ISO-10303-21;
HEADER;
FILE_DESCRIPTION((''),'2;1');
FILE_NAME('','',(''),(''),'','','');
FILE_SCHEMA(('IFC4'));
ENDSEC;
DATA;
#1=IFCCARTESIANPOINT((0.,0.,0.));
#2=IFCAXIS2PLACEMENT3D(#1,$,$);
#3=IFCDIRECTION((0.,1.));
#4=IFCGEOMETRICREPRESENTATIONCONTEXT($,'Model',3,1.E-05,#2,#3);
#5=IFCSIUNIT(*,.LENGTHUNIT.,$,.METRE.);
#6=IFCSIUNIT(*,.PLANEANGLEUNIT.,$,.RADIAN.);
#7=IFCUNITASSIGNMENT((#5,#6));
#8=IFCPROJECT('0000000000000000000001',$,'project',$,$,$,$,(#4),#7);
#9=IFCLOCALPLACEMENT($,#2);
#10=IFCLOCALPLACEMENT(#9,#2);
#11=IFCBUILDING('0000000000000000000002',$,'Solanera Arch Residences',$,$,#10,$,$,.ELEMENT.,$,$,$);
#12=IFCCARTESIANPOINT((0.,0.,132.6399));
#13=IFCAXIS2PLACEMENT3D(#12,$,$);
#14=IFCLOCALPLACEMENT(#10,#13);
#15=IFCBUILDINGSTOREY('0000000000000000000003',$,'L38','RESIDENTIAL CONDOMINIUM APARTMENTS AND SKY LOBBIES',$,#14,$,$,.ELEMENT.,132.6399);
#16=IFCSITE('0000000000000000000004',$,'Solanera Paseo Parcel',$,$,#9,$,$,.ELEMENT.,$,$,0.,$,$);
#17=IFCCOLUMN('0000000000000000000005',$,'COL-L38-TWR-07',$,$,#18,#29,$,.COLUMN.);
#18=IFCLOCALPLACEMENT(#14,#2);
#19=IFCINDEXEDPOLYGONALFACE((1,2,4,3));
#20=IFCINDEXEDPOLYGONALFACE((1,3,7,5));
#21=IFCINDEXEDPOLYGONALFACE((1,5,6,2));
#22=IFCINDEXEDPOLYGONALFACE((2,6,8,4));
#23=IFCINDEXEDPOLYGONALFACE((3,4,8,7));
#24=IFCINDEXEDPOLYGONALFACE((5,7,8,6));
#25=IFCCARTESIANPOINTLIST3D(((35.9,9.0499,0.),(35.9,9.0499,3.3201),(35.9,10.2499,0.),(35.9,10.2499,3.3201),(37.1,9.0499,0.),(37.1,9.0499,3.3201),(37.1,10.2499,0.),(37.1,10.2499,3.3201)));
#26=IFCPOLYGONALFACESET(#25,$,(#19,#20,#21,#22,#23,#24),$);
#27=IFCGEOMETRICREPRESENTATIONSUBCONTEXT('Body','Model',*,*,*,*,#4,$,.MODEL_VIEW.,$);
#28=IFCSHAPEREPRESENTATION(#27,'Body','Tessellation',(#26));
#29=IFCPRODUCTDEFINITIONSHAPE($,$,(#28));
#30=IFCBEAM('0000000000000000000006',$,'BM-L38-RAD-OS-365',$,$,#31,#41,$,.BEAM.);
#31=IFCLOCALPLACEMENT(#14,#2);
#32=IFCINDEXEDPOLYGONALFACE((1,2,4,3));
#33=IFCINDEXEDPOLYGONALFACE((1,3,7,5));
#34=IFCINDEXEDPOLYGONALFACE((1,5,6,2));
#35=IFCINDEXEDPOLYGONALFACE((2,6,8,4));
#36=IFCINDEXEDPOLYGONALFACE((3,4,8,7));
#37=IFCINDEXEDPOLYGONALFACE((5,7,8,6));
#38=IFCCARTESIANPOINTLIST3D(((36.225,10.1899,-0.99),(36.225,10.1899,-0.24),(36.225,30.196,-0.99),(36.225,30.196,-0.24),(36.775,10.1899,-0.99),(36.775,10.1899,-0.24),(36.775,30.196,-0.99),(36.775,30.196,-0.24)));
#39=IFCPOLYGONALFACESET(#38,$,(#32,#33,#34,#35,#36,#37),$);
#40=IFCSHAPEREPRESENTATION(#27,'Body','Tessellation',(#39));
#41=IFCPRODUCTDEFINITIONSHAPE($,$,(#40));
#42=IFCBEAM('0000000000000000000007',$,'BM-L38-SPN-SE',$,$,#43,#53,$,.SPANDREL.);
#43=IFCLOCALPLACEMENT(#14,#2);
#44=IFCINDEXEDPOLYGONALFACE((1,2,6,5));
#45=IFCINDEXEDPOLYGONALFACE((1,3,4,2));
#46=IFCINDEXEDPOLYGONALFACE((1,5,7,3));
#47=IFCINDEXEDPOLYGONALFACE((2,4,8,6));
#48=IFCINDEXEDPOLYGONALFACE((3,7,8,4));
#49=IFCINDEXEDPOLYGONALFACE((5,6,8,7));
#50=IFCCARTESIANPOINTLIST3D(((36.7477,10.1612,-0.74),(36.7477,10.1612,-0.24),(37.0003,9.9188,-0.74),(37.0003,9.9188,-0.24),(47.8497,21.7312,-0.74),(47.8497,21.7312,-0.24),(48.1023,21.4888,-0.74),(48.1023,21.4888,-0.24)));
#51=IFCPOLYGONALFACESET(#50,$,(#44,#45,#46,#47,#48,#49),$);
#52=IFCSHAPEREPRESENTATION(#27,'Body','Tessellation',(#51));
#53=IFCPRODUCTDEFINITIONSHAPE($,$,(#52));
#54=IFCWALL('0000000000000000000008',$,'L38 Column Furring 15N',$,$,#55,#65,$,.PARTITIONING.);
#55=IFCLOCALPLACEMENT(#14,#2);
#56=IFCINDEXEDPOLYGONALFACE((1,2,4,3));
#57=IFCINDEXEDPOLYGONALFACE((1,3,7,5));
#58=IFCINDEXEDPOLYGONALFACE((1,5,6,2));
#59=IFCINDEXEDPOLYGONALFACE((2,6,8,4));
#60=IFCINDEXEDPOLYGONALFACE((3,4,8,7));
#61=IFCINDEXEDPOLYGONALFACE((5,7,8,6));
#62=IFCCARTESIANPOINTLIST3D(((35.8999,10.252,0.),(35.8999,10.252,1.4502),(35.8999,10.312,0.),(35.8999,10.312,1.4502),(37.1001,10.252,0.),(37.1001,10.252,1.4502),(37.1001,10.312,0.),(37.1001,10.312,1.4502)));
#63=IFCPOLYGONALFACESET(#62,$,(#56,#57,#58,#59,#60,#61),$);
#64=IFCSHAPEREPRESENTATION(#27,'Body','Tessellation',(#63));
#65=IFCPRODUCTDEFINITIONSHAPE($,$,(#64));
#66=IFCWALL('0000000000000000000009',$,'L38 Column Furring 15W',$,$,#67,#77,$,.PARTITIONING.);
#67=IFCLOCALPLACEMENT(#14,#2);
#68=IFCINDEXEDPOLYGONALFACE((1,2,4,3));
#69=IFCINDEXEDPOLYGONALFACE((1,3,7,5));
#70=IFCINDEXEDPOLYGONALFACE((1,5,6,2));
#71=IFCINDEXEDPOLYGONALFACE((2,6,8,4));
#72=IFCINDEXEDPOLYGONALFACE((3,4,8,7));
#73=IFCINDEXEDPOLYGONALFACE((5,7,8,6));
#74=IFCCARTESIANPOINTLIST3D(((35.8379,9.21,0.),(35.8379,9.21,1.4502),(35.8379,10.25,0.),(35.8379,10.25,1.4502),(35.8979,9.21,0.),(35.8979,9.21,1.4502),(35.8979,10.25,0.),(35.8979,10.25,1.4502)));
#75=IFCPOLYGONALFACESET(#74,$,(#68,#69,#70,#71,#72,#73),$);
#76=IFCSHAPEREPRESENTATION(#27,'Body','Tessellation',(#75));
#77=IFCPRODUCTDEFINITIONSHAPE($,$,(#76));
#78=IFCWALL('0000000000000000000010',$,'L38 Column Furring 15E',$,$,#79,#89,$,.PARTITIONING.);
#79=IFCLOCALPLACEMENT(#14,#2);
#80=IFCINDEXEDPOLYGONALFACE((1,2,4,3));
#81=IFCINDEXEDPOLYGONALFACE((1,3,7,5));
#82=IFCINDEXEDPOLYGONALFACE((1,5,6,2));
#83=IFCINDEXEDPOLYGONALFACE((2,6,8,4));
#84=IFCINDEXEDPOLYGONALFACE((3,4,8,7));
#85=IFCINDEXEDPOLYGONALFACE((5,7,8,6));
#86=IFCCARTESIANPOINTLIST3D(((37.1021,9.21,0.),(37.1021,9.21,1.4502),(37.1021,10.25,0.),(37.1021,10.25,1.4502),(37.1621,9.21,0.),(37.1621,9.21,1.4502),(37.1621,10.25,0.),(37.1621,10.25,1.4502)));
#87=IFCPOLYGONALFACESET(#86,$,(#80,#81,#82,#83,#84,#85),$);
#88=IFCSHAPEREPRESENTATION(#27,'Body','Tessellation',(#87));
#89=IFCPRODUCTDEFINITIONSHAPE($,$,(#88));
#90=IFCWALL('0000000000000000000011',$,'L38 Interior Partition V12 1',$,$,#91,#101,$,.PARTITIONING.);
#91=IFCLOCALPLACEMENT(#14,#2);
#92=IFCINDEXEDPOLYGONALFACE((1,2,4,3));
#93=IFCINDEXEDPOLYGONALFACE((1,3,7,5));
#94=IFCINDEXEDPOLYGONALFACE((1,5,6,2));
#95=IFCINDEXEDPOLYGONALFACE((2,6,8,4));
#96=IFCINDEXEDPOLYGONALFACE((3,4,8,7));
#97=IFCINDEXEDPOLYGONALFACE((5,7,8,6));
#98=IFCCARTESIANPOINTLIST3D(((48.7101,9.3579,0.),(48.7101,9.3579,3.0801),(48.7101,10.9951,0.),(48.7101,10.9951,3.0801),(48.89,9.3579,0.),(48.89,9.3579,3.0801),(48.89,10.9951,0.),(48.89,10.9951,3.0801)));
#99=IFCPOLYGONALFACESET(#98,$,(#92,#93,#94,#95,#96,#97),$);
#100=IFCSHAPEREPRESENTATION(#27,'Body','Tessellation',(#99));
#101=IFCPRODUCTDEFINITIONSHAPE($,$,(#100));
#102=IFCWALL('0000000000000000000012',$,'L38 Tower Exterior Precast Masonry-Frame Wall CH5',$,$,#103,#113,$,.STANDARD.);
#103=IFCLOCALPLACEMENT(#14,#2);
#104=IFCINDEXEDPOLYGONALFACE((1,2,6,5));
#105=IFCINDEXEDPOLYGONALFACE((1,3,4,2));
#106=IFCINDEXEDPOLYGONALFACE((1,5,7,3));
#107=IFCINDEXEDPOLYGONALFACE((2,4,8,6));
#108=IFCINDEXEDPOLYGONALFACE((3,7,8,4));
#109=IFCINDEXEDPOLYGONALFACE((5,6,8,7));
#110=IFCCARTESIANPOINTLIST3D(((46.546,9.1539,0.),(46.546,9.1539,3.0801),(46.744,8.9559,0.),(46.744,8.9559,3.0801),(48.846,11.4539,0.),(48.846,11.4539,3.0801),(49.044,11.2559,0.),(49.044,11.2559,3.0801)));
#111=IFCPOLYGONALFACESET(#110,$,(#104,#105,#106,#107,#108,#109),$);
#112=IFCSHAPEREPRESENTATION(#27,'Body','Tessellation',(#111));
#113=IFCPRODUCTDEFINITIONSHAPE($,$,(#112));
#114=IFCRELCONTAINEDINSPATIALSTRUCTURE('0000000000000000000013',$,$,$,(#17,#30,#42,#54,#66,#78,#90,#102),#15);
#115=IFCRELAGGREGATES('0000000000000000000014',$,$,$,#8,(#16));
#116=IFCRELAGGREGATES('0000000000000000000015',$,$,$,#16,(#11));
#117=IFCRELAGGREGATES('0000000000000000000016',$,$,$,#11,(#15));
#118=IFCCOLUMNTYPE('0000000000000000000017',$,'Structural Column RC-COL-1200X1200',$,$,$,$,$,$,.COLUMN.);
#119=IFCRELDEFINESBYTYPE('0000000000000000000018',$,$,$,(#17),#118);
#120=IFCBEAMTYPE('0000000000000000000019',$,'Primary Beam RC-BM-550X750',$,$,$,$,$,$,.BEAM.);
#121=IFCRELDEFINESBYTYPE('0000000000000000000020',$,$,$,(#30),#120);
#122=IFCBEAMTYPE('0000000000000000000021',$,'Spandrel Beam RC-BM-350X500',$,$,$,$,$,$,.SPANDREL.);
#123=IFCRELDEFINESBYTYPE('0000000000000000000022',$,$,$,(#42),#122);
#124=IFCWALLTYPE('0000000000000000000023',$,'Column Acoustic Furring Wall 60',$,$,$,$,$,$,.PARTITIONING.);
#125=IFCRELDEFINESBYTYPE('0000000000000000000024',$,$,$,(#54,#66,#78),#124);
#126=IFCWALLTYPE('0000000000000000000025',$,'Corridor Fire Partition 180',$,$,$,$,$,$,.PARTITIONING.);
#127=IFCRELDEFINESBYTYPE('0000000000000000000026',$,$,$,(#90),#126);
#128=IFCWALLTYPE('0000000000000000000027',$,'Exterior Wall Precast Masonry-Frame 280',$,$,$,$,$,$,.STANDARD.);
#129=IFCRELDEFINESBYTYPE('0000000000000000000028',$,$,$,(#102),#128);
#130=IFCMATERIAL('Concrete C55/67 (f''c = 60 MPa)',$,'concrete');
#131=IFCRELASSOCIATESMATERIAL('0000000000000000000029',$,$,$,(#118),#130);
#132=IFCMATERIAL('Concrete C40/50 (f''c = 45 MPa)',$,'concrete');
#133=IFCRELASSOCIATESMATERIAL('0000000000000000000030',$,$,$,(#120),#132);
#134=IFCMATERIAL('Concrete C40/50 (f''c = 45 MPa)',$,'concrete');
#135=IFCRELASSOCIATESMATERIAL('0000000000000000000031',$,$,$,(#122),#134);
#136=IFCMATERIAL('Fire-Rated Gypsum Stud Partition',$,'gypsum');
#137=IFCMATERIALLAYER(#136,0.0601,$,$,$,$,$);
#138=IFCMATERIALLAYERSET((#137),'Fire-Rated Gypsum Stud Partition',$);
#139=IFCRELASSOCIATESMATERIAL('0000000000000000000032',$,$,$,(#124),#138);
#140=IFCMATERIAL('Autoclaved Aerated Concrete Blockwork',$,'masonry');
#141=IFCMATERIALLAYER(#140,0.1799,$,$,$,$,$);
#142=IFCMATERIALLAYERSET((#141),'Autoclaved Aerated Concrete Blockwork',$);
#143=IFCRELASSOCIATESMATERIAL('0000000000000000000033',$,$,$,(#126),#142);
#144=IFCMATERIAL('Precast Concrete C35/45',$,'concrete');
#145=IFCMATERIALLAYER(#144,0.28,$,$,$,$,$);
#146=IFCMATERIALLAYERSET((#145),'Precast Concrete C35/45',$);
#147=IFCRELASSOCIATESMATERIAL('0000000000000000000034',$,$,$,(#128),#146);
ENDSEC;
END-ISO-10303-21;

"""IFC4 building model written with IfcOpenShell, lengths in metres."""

from ifc_helpers import new_model, si_unit, direction, frame, frame_2d, origin, origin_2d, place, context, subcontext, project, spatial, rectangle, extrude, material, layer, layer_set, material_profile, profile_set, type_object, element, save


model = new_model("IFC4")

# Units and contexts
model_context = context("Model", 3, precision=1e-05, world=origin(), true_north=direction((0.0, 1.0)))
body_context = subcontext(model_context, "Body", "Model", "MODEL_VIEW")
ifc_project = project(units=[si_unit("LENGTHUNIT", "METRE"), si_unit("PLANEANGLEUNIT", "RADIAN")], contexts=[model_context])

# Site, building, storey
site_placement = place(None, origin())
site = spatial("IfcSite", under=ifc_project, at=site_placement, Name="Solanera Paseo Parcel", CompositionType="ELEMENT", RefElevation=0.0)
building_placement = place(site_placement, origin())
building = spatial("IfcBuilding", under=site, at=building_placement, Name="Solanera Arch Residences", CompositionType="ELEMENT")
storey_placement = place(building_placement, frame((0.0, 0.0, 132.6399)))
storey = spatial("IfcBuildingStorey", under=building, at=storey_placement, Name="L38", Description="RESIDENTIAL CONDOMINIUM APARTMENTS AND SKY LOBBIES", CompositionType="ELEMENT", Elevation=132.6399)

# Column
ifc_material_1 = material(Name="Concrete C55/67 (f'c = 60 MPa)", Category="concrete")
ifc_material_profile_1 = material_profile(ifc_material_1, rectangle(XDim=1.2, YDim=1.2, at=origin_2d()))
ifc_profile_set_1 = profile_set([ifc_material_profile_1], Name="Concrete C55/67 (f'c = 60 MPa)")
column_type = type_object("IfcColumnType", Name="Structural Column RC-COL-1200X1200", PredefinedType="COLUMN", material=ifc_profile_set_1)
column_placement = place(storey_placement, frame((36.5, 9.6499, 0.0), z_axis=(0.0, 0.0, 1.0), x_axis=(1.0, 0.0, 0.0)))
element("IfcColumn", 1, at=column_placement, inside=storey, type_object=column_type, Name="COL-L38-TWR-07", PredefinedType="COLUMN", context=body_context, shape_type="SweptSolid", body=[
    extrude(rectangle(XDim=1.2, YDim=1.2, at=origin_2d()), origin(), (0.0, 0.0, 1.0), 3.3201),
])

# Beams
ifc_material_2 = material(Name="Concrete C40/50 (f'c = 45 MPa)", Category="concrete")
ifc_material_profile_2 = material_profile(ifc_material_2, rectangle(XDim=0.55, YDim=0.75, at=origin_2d()))
ifc_profile_set_2 = profile_set([ifc_material_profile_2], Name="Concrete C40/50 (f'c = 45 MPa)")
beam_type_1 = type_object("IfcBeamType", Name="Primary Beam RC-BM-550X750", PredefinedType="BEAM", material=ifc_profile_set_2)
beam_1_placement = place(storey_placement, frame((36.5, 10.1899, -0.615), z_axis=(0.0, 1.0, 0.0), x_axis=(-1.0, 0.0, 0.0)))
element("IfcBeam", 2, at=beam_1_placement, inside=storey, type_object=beam_type_1, Name="BM-L38-RAD-OS-365", PredefinedType="BEAM", context=body_context, shape_type="SweptSolid", body=[
    extrude(rectangle(XDim=0.55, YDim=0.75, at=origin_2d()), origin(), (0.0, 0.0, 1.0), 20.0061),
])
ifc_material_3 = material(Name="Concrete C40/50 (f'c = 45 MPa)", Category="concrete")
ifc_material_profile_3 = material_profile(ifc_material_3, rectangle(XDim=0.3501, YDim=0.5, at=origin_2d()))
ifc_profile_set_3 = profile_set([ifc_material_profile_3], Name="Concrete C40/50 (f'c = 45 MPa)")
beam_type_2 = type_object("IfcBeamType", Name="Spandrel Beam RC-BM-350X500", PredefinedType="SPANDREL", material=ifc_profile_set_3)
beam_2_placement = place(storey_placement, frame((36.874, 10.04, -0.49), z_axis=(0.692363, 0.72155, 0.0), x_axis=(-0.72155, 0.692363, 0.0)))
element("IfcBeam", 3, at=beam_2_placement, inside=storey, type_object=beam_type_2, Name="BM-L38-SPN-SE", PredefinedType="SPANDREL", context=body_context, shape_type="SweptSolid", body=[
    extrude(rectangle(XDim=0.3501, YDim=0.5, at=origin_2d()), origin(), (0.0, 0.0, 1.0), 16.0349),
])

# Walls
ifc_material_4 = material(Name="Fire-Rated Gypsum Stud Partition", Category="gypsum")
ifc_layer_1 = layer(ifc_material_4, 0.0601)
ifc_layer_set_1 = layer_set([ifc_layer_1], Name="Fire-Rated Gypsum Stud Partition")
wall_type_1 = type_object("IfcWallType", Name="Column Acoustic Furring Wall 60", PredefinedType="PARTITIONING", material=ifc_layer_set_1)
wall_1_placement = place(storey_placement, frame((35.8999, 10.282, 0.0), z_axis=(0.0, 0.0, 1.0), x_axis=(1.0, 0.0, 0.0)))
element("IfcWall", 4, at=wall_1_placement, inside=storey, type_object=wall_type_1, Name="L38 Column Furring 15N", PredefinedType="PARTITIONING", context=body_context, shape_type="SweptSolid", body=[
    extrude(rectangle(XDim=1.2002, YDim=0.0601, at=frame_2d((0.6001, 0.0))), origin(), (0.0, 0.0, 1.0), 1.4502),
])
for number, where, z_axis, x_axis, name in (
    (5, (35.8679, 9.21, 0.0), (0.0, 0.0, 1.0), (0.0, 1.0, 0.0), "L38 Column Furring 15W"),
    (6, (37.1321, 9.21, 0.0), (0.0, 0.0, 1.0), (0.0, 1.0, 0.0), "L38 Column Furring 15E"),
):
    element("IfcWall", number, at=place(storey_placement, frame(where, z_axis=z_axis, x_axis=x_axis)), inside=storey, type_object=wall_type_1, Name=name, PredefinedType="PARTITIONING", context=body_context, shape_type="SweptSolid", body=[
        extrude(rectangle(XDim=1.04, YDim=0.0601, at=frame_2d((0.52, 0.0))), origin(), (0.0, 0.0, 1.0), 1.4502),
    ])
ifc_material_5 = material(Name="Autoclaved Aerated Concrete Blockwork", Category="masonry")
ifc_layer_2 = layer(ifc_material_5, 0.1799)
ifc_layer_set_2 = layer_set([ifc_layer_2], Name="Autoclaved Aerated Concrete Blockwork")
wall_type_2 = type_object("IfcWallType", Name="Corridor Fire Partition 180", PredefinedType="PARTITIONING", material=ifc_layer_set_2)
wall_2_placement = place(storey_placement, frame((48.8, 9.3579, 0.0), z_axis=(0.0, 0.0, 1.0), x_axis=(0.0, 1.0, 0.0)))
element("IfcWall", 7, at=wall_2_placement, inside=storey, type_object=wall_type_2, Name="L38 Interior Partition V12 1", PredefinedType="PARTITIONING", context=body_context, shape_type="SweptSolid", body=[
    extrude(rectangle(XDim=1.6372, YDim=0.1799, at=frame_2d((0.8186, 0.0))), origin(), (0.0, 0.0, 1.0), 3.0801),
])
ifc_material_6 = material(Name="Precast Concrete C35/45", Category="concrete")
ifc_layer_3 = layer(ifc_material_6, 0.28)
ifc_layer_set_3 = layer_set([ifc_layer_3], Name="Precast Concrete C35/45")
wall_type_3 = type_object("IfcWallType", Name="Exterior Wall Precast Masonry-Frame 280", PredefinedType="STANDARD", material=ifc_layer_set_3)
wall_3_placement = place(storey_placement, frame((48.9451, 11.355, 0.0), z_axis=(0.0, 0.0, 1.0), x_axis=(-0.707107, -0.707107, 0.0)))
element("IfcWall", 8, at=wall_3_placement, inside=storey, type_object=wall_type_3, Name="L38 Tower Exterior Precast Masonry-Frame Wall CH5", PredefinedType="STANDARD", context=body_context, shape_type="SweptSolid", body=[
    extrude(rectangle(XDim=3.2527, YDim=0.28, at=frame_2d((1.6265, 0.0))), origin(), (0.0, 0.0, 1.0), 3.0801),
])

save(model, "model.ifc")
